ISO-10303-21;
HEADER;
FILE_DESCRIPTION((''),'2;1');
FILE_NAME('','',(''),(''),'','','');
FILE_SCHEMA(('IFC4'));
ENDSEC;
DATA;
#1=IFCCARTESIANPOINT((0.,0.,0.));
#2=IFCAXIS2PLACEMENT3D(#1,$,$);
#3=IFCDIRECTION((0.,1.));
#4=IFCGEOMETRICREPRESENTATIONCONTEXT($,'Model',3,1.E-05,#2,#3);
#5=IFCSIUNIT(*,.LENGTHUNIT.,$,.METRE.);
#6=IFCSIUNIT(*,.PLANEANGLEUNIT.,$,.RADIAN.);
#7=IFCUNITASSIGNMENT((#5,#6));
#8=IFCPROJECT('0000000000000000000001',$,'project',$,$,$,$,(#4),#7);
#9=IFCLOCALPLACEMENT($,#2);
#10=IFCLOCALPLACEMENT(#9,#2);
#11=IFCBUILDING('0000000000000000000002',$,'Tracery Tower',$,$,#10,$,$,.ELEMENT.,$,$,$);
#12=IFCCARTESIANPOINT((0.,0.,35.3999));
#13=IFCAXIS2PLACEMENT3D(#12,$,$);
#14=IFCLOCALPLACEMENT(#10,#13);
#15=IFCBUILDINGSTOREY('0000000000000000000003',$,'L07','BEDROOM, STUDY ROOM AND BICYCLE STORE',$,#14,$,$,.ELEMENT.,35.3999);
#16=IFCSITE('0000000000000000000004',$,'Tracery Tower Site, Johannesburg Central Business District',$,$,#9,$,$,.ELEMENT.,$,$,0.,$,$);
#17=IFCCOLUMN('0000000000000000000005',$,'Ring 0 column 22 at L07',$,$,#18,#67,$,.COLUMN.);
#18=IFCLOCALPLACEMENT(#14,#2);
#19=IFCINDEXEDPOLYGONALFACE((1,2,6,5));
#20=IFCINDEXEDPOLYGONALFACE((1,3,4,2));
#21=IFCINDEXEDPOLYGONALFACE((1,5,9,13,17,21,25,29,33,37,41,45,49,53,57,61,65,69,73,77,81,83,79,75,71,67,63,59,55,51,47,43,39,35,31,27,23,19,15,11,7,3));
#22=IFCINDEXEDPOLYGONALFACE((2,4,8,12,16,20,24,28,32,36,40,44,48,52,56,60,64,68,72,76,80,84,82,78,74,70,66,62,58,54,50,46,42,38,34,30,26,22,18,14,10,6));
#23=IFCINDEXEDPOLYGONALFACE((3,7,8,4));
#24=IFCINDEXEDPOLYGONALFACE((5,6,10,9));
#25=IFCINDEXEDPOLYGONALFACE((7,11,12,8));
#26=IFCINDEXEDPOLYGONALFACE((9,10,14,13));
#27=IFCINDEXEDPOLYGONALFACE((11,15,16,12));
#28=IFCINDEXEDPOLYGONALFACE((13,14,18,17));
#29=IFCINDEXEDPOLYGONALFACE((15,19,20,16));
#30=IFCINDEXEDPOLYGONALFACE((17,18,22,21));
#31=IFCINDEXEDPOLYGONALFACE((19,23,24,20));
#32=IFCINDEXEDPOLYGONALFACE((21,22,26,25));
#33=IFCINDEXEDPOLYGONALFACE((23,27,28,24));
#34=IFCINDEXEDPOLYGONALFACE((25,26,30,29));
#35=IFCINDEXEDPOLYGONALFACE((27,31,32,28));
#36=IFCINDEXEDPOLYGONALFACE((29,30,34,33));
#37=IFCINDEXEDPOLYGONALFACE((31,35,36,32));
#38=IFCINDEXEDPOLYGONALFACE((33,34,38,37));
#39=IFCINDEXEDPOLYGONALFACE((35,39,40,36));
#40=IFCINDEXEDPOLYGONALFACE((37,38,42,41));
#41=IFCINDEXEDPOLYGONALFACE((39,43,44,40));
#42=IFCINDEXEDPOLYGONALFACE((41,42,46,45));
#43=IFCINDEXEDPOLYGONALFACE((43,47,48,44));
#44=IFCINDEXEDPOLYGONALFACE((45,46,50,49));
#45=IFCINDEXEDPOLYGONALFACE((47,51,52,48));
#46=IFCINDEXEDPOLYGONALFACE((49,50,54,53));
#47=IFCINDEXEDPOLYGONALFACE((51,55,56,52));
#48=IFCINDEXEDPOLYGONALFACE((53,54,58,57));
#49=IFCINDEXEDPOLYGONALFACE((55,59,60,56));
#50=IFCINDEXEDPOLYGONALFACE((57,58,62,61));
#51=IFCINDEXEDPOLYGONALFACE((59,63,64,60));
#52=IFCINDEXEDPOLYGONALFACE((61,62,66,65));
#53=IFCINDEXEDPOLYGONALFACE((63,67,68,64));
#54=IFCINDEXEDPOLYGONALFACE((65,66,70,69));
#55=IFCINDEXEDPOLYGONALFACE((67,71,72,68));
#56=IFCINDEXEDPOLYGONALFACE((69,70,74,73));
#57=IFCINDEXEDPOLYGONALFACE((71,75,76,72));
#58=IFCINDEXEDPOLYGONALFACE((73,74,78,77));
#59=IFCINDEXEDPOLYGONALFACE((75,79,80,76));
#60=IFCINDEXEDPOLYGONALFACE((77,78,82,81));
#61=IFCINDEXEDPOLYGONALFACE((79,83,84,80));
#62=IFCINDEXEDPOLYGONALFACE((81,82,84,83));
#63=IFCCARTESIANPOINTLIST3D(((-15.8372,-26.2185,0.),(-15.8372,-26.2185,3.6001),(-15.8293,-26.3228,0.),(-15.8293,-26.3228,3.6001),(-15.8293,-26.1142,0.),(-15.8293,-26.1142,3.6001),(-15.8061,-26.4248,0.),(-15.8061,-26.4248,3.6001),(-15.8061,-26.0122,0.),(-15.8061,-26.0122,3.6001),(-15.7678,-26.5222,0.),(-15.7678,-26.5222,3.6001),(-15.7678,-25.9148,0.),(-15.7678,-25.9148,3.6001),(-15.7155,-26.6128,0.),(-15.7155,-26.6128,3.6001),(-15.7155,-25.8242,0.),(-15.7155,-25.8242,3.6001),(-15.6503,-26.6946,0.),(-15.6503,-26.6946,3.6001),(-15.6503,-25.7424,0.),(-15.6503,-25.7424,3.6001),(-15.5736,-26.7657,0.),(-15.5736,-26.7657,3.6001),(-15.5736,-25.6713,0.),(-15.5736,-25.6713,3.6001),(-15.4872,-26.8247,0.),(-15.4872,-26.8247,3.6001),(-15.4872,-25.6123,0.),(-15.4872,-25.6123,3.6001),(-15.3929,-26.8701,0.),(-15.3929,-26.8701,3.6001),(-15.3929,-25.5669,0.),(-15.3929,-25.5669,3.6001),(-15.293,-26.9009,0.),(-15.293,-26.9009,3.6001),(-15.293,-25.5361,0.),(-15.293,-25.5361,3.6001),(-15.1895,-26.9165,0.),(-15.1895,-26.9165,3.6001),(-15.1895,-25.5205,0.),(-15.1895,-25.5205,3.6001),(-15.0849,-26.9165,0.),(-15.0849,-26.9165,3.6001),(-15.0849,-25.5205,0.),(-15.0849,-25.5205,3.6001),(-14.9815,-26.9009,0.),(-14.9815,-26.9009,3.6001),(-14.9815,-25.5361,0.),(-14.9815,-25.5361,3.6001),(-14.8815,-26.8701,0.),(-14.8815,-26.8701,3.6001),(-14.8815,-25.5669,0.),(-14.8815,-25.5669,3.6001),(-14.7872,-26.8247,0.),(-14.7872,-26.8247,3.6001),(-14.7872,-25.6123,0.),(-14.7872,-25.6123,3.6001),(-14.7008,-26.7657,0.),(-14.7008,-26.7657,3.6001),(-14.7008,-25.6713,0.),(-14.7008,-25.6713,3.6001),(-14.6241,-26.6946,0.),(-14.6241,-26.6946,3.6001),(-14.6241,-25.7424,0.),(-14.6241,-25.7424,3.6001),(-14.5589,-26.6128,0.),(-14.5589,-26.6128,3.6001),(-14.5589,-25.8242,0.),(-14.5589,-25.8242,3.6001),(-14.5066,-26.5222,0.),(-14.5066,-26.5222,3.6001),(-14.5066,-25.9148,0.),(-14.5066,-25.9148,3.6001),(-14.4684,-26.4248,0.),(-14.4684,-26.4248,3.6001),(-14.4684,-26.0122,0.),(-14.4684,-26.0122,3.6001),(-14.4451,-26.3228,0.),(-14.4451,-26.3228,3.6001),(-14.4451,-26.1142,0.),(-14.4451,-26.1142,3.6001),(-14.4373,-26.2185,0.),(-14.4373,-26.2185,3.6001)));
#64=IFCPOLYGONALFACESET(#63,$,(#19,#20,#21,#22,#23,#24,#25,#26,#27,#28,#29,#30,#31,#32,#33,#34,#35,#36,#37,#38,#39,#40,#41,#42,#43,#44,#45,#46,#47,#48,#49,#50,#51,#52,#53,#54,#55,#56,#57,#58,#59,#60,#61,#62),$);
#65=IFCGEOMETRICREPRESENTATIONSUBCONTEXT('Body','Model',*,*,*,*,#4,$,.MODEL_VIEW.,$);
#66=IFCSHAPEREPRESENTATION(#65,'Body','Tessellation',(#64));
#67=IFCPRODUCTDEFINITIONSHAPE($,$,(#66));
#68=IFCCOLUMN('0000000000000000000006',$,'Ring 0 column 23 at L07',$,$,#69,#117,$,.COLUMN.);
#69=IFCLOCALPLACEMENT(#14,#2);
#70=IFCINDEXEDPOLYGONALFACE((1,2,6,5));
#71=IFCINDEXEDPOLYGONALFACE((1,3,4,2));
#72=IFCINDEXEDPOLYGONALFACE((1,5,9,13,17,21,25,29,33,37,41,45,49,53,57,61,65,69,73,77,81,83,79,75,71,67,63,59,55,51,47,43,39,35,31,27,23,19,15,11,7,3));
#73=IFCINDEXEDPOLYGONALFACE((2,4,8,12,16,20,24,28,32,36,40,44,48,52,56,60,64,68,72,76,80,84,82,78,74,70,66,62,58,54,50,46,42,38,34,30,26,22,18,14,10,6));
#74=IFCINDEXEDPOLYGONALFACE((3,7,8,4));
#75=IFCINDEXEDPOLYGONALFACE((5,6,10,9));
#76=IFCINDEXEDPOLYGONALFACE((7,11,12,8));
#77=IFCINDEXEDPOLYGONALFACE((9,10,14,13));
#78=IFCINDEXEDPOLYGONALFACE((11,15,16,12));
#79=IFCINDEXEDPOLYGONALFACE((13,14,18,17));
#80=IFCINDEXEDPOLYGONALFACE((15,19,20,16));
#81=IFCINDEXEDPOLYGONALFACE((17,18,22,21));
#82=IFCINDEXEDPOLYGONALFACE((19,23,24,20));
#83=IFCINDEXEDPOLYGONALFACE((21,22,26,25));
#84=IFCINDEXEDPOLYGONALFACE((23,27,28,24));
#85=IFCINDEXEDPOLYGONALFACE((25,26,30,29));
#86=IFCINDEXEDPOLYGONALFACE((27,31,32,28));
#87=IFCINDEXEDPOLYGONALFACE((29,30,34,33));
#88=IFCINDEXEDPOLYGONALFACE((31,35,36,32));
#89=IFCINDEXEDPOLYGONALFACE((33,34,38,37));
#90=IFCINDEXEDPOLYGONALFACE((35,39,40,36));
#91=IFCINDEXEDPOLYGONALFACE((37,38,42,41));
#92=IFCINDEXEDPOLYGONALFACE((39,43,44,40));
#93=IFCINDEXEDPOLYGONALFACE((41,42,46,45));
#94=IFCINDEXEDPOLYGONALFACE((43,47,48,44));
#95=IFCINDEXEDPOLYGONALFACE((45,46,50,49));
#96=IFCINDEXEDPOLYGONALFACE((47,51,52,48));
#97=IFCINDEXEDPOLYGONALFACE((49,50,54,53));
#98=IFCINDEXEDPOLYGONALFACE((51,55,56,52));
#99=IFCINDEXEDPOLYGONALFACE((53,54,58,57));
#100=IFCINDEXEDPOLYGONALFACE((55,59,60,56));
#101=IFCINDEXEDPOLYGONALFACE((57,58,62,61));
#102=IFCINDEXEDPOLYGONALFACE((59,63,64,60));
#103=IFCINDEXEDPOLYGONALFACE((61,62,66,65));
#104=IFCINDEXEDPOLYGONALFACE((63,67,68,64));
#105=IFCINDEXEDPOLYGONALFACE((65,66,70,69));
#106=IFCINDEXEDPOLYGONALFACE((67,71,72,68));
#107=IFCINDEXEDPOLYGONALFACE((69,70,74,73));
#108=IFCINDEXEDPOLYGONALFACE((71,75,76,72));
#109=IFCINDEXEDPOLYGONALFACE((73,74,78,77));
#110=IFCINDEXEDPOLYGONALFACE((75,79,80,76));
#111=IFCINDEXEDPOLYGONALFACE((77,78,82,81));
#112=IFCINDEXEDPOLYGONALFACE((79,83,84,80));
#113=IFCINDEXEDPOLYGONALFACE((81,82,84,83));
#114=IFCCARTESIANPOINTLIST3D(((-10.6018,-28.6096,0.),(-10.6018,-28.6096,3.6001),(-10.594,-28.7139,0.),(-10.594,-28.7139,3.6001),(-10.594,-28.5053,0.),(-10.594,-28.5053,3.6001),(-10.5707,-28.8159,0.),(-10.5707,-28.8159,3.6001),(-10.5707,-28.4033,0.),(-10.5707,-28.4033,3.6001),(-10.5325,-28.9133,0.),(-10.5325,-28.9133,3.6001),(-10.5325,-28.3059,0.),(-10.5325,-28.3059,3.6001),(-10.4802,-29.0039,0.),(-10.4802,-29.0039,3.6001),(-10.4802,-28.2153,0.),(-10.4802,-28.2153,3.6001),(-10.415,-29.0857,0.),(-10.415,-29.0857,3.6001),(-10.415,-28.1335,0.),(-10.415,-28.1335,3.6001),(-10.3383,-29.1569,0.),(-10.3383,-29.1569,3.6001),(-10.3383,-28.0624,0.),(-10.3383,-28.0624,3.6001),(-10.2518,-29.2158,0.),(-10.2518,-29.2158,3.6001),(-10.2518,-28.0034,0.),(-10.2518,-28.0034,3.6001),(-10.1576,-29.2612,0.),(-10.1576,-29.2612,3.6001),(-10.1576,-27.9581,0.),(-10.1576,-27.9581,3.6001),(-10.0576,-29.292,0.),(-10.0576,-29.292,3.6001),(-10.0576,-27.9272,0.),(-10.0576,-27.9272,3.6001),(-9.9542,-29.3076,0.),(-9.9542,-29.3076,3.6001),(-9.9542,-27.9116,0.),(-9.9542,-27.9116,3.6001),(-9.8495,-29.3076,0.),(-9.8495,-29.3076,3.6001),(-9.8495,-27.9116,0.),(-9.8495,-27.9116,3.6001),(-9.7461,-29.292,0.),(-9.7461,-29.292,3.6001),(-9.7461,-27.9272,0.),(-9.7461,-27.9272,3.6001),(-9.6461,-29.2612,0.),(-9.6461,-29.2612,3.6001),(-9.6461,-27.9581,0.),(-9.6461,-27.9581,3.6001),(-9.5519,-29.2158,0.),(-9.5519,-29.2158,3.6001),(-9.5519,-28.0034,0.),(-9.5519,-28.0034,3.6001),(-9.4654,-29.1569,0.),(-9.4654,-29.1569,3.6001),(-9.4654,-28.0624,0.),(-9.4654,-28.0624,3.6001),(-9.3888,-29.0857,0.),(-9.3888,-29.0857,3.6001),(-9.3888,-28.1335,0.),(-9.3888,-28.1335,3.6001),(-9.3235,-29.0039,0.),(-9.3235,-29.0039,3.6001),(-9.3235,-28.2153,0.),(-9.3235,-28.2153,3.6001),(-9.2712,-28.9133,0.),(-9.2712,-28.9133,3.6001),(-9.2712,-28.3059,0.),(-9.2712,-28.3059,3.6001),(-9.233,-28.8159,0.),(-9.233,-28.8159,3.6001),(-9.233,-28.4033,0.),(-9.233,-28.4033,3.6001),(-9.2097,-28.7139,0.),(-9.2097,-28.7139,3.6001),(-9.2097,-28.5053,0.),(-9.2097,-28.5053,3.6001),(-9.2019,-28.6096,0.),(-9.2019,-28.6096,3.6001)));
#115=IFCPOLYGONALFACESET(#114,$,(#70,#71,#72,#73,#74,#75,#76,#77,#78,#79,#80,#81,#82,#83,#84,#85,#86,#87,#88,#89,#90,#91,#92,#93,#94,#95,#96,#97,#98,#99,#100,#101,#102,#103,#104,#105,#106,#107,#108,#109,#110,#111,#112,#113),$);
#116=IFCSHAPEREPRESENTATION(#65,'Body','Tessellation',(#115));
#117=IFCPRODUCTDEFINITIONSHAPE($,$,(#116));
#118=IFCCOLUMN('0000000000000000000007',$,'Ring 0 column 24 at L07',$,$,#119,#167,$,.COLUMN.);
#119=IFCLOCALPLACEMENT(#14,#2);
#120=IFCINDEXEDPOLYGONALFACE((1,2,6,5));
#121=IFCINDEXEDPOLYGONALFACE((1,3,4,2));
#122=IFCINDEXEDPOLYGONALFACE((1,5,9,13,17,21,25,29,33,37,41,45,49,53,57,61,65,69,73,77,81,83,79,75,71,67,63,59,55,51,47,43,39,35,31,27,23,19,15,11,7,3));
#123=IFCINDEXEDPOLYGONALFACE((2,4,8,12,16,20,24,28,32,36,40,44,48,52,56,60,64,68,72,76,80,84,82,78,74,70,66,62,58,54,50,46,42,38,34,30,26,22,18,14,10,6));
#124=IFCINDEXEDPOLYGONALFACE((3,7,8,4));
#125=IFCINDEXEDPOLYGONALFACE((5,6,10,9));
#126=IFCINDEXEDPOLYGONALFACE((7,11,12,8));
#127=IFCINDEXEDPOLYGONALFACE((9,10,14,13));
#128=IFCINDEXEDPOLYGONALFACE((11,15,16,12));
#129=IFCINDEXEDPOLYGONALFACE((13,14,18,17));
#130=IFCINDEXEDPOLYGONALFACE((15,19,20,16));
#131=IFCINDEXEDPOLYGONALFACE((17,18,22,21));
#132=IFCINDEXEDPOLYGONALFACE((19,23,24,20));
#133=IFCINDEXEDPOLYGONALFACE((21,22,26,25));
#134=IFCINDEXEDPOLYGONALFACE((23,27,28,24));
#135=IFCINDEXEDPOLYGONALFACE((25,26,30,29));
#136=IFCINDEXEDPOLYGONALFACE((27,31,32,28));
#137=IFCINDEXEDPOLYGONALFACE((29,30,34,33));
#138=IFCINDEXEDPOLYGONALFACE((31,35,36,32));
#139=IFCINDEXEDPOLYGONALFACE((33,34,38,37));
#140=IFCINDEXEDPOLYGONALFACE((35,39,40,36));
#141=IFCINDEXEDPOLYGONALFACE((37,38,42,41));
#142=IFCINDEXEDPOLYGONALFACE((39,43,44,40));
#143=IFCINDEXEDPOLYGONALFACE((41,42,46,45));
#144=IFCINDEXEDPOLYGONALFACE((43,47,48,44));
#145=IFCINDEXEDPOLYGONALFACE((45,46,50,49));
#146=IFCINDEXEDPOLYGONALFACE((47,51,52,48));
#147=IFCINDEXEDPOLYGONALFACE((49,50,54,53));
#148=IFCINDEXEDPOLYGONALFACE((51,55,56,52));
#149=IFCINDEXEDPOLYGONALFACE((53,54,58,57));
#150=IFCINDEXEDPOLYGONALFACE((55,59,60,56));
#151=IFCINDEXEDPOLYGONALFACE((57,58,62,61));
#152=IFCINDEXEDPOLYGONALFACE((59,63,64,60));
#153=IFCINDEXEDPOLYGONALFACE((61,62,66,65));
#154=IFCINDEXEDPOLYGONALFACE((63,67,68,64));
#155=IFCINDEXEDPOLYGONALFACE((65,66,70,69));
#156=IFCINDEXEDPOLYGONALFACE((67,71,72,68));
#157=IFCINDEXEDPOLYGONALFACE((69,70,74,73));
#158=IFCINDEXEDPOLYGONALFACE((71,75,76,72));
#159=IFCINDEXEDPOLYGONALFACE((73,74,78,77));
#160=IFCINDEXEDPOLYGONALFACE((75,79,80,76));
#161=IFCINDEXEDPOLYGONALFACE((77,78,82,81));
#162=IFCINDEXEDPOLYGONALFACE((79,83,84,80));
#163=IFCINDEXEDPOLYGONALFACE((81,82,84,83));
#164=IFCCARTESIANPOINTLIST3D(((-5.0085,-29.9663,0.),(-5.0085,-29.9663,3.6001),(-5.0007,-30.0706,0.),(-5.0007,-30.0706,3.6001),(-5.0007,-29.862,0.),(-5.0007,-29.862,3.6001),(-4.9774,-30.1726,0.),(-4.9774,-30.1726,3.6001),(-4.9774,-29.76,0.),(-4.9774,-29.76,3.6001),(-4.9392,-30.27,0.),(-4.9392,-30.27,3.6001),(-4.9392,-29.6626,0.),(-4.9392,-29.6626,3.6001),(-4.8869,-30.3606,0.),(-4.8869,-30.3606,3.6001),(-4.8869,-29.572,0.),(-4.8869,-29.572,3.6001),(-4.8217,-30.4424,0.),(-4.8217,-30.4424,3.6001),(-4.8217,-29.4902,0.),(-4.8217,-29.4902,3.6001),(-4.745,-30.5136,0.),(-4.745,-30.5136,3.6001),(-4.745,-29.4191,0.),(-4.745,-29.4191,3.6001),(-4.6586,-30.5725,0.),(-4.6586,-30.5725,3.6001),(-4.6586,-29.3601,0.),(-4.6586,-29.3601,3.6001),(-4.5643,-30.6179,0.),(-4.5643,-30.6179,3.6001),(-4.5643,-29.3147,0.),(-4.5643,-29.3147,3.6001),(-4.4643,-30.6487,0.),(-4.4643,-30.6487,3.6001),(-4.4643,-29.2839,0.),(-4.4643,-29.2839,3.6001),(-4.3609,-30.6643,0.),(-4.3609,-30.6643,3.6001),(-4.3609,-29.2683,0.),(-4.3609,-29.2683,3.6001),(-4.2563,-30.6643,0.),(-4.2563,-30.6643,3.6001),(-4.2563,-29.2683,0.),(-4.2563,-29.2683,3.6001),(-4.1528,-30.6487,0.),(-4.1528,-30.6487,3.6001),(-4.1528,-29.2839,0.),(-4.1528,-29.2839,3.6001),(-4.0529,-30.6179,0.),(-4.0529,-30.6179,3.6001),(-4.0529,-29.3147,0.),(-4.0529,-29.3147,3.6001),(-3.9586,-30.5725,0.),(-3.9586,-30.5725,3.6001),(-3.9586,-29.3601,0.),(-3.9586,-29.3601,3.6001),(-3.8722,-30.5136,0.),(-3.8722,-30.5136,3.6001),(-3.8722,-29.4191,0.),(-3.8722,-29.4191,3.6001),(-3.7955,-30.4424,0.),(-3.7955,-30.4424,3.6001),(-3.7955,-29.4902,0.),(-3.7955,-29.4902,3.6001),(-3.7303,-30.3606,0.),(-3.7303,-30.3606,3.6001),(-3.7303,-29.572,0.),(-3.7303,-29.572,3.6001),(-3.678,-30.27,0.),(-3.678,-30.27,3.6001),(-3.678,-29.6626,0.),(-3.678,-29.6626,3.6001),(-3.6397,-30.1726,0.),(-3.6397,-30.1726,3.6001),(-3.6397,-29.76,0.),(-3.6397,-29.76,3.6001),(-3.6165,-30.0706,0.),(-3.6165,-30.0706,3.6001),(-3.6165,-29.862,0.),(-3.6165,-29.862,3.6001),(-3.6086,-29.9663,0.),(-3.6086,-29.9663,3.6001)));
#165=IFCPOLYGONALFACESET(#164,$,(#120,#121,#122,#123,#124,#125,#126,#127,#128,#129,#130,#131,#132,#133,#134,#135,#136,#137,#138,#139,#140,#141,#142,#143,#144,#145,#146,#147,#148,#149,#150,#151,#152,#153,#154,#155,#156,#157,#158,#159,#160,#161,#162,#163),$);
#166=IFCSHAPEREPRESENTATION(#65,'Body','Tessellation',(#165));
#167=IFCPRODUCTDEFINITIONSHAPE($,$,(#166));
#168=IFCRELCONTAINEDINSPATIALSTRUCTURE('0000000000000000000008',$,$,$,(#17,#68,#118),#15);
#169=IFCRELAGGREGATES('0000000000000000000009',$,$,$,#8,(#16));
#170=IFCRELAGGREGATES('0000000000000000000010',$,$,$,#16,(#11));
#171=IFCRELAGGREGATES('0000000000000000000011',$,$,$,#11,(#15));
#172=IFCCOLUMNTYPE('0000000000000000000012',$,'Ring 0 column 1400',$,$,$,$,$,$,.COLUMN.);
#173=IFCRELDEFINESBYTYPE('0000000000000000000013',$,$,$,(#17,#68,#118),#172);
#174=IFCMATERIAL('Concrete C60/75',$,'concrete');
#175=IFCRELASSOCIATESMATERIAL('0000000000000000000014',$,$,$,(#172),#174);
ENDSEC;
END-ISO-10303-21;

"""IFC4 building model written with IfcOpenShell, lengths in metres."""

from ifc_helpers import new_model, si_unit, direction, frame, origin, origin_2d, place, context, subcontext, project, spatial, circle, extrude, material, material_profile, profile_set, type_object, element, save


model = new_model("IFC4")

# Units and contexts
model_context = context("Model", 3, precision=1e-05, world=origin(), true_north=direction((0.0, 1.0)))
body_context = subcontext(model_context, "Body", "Model", "MODEL_VIEW")
ifc_project = project(units=[si_unit("LENGTHUNIT", "METRE"), si_unit("PLANEANGLEUNIT", "RADIAN")], contexts=[model_context])

# Site, building, storey
site_placement = place(None, origin())
site = spatial("IfcSite", under=ifc_project, at=site_placement, Name="Tracery Tower Site, Johannesburg Central Business District", CompositionType="ELEMENT", RefElevation=0.0)
building_placement = place(site_placement, origin())
building = spatial("IfcBuilding", under=site, at=building_placement, Name="Tracery Tower", CompositionType="ELEMENT")
storey_placement = place(building_placement, frame((0.0, 0.0, 35.3999)))
storey = spatial("IfcBuildingStorey", under=building, at=storey_placement, Name="L07", Description="BEDROOM, STUDY ROOM AND BICYCLE STORE", CompositionType="ELEMENT", Elevation=35.3999)

# Columns
ifc_material_1 = material(Name="Concrete C60/75", Category="concrete")
ifc_material_profile_1 = material_profile(ifc_material_1, circle(Radius=0.7, at=origin_2d()), Name="RC D1400")
ifc_profile_set_1 = profile_set([ifc_material_profile_1], Name="Concrete C60/75")
column_type_1 = type_object("IfcColumnType", Name="Ring 0 column 1400", PredefinedType="COLUMN", material=ifc_profile_set_1)
for number, where, z_axis, x_axis, name in (
    (1, (-15.1372, -26.2185, 0.0), (0.0, 0.0, 1.0), (1.0, 0.0, 0.0), "Ring 0 column 22 at L07"),
    (2, (-9.9019, -28.6096, 0.0), (0.0, 0.0, 1.0), (1.0, 0.0, 0.0), "Ring 0 column 23 at L07"),
    (3, (-4.3086, -29.9663, 0.0), (0.0, 0.0, 1.0), (1.0, 0.0, 0.0), "Ring 0 column 24 at L07"),
):
    element("IfcColumn", number, at=place(storey_placement, frame(where, z_axis=z_axis, x_axis=x_axis)), inside=storey, type_object=column_type_1, Name=name, PredefinedType="COLUMN", context=body_context, shape_type="SweptSolid", body=[
        extrude(circle(Radius=0.7, at=origin_2d()), origin(), (0.0, 0.0, 1.0), 3.6001),
    ])

save(model, "model.ifc")
